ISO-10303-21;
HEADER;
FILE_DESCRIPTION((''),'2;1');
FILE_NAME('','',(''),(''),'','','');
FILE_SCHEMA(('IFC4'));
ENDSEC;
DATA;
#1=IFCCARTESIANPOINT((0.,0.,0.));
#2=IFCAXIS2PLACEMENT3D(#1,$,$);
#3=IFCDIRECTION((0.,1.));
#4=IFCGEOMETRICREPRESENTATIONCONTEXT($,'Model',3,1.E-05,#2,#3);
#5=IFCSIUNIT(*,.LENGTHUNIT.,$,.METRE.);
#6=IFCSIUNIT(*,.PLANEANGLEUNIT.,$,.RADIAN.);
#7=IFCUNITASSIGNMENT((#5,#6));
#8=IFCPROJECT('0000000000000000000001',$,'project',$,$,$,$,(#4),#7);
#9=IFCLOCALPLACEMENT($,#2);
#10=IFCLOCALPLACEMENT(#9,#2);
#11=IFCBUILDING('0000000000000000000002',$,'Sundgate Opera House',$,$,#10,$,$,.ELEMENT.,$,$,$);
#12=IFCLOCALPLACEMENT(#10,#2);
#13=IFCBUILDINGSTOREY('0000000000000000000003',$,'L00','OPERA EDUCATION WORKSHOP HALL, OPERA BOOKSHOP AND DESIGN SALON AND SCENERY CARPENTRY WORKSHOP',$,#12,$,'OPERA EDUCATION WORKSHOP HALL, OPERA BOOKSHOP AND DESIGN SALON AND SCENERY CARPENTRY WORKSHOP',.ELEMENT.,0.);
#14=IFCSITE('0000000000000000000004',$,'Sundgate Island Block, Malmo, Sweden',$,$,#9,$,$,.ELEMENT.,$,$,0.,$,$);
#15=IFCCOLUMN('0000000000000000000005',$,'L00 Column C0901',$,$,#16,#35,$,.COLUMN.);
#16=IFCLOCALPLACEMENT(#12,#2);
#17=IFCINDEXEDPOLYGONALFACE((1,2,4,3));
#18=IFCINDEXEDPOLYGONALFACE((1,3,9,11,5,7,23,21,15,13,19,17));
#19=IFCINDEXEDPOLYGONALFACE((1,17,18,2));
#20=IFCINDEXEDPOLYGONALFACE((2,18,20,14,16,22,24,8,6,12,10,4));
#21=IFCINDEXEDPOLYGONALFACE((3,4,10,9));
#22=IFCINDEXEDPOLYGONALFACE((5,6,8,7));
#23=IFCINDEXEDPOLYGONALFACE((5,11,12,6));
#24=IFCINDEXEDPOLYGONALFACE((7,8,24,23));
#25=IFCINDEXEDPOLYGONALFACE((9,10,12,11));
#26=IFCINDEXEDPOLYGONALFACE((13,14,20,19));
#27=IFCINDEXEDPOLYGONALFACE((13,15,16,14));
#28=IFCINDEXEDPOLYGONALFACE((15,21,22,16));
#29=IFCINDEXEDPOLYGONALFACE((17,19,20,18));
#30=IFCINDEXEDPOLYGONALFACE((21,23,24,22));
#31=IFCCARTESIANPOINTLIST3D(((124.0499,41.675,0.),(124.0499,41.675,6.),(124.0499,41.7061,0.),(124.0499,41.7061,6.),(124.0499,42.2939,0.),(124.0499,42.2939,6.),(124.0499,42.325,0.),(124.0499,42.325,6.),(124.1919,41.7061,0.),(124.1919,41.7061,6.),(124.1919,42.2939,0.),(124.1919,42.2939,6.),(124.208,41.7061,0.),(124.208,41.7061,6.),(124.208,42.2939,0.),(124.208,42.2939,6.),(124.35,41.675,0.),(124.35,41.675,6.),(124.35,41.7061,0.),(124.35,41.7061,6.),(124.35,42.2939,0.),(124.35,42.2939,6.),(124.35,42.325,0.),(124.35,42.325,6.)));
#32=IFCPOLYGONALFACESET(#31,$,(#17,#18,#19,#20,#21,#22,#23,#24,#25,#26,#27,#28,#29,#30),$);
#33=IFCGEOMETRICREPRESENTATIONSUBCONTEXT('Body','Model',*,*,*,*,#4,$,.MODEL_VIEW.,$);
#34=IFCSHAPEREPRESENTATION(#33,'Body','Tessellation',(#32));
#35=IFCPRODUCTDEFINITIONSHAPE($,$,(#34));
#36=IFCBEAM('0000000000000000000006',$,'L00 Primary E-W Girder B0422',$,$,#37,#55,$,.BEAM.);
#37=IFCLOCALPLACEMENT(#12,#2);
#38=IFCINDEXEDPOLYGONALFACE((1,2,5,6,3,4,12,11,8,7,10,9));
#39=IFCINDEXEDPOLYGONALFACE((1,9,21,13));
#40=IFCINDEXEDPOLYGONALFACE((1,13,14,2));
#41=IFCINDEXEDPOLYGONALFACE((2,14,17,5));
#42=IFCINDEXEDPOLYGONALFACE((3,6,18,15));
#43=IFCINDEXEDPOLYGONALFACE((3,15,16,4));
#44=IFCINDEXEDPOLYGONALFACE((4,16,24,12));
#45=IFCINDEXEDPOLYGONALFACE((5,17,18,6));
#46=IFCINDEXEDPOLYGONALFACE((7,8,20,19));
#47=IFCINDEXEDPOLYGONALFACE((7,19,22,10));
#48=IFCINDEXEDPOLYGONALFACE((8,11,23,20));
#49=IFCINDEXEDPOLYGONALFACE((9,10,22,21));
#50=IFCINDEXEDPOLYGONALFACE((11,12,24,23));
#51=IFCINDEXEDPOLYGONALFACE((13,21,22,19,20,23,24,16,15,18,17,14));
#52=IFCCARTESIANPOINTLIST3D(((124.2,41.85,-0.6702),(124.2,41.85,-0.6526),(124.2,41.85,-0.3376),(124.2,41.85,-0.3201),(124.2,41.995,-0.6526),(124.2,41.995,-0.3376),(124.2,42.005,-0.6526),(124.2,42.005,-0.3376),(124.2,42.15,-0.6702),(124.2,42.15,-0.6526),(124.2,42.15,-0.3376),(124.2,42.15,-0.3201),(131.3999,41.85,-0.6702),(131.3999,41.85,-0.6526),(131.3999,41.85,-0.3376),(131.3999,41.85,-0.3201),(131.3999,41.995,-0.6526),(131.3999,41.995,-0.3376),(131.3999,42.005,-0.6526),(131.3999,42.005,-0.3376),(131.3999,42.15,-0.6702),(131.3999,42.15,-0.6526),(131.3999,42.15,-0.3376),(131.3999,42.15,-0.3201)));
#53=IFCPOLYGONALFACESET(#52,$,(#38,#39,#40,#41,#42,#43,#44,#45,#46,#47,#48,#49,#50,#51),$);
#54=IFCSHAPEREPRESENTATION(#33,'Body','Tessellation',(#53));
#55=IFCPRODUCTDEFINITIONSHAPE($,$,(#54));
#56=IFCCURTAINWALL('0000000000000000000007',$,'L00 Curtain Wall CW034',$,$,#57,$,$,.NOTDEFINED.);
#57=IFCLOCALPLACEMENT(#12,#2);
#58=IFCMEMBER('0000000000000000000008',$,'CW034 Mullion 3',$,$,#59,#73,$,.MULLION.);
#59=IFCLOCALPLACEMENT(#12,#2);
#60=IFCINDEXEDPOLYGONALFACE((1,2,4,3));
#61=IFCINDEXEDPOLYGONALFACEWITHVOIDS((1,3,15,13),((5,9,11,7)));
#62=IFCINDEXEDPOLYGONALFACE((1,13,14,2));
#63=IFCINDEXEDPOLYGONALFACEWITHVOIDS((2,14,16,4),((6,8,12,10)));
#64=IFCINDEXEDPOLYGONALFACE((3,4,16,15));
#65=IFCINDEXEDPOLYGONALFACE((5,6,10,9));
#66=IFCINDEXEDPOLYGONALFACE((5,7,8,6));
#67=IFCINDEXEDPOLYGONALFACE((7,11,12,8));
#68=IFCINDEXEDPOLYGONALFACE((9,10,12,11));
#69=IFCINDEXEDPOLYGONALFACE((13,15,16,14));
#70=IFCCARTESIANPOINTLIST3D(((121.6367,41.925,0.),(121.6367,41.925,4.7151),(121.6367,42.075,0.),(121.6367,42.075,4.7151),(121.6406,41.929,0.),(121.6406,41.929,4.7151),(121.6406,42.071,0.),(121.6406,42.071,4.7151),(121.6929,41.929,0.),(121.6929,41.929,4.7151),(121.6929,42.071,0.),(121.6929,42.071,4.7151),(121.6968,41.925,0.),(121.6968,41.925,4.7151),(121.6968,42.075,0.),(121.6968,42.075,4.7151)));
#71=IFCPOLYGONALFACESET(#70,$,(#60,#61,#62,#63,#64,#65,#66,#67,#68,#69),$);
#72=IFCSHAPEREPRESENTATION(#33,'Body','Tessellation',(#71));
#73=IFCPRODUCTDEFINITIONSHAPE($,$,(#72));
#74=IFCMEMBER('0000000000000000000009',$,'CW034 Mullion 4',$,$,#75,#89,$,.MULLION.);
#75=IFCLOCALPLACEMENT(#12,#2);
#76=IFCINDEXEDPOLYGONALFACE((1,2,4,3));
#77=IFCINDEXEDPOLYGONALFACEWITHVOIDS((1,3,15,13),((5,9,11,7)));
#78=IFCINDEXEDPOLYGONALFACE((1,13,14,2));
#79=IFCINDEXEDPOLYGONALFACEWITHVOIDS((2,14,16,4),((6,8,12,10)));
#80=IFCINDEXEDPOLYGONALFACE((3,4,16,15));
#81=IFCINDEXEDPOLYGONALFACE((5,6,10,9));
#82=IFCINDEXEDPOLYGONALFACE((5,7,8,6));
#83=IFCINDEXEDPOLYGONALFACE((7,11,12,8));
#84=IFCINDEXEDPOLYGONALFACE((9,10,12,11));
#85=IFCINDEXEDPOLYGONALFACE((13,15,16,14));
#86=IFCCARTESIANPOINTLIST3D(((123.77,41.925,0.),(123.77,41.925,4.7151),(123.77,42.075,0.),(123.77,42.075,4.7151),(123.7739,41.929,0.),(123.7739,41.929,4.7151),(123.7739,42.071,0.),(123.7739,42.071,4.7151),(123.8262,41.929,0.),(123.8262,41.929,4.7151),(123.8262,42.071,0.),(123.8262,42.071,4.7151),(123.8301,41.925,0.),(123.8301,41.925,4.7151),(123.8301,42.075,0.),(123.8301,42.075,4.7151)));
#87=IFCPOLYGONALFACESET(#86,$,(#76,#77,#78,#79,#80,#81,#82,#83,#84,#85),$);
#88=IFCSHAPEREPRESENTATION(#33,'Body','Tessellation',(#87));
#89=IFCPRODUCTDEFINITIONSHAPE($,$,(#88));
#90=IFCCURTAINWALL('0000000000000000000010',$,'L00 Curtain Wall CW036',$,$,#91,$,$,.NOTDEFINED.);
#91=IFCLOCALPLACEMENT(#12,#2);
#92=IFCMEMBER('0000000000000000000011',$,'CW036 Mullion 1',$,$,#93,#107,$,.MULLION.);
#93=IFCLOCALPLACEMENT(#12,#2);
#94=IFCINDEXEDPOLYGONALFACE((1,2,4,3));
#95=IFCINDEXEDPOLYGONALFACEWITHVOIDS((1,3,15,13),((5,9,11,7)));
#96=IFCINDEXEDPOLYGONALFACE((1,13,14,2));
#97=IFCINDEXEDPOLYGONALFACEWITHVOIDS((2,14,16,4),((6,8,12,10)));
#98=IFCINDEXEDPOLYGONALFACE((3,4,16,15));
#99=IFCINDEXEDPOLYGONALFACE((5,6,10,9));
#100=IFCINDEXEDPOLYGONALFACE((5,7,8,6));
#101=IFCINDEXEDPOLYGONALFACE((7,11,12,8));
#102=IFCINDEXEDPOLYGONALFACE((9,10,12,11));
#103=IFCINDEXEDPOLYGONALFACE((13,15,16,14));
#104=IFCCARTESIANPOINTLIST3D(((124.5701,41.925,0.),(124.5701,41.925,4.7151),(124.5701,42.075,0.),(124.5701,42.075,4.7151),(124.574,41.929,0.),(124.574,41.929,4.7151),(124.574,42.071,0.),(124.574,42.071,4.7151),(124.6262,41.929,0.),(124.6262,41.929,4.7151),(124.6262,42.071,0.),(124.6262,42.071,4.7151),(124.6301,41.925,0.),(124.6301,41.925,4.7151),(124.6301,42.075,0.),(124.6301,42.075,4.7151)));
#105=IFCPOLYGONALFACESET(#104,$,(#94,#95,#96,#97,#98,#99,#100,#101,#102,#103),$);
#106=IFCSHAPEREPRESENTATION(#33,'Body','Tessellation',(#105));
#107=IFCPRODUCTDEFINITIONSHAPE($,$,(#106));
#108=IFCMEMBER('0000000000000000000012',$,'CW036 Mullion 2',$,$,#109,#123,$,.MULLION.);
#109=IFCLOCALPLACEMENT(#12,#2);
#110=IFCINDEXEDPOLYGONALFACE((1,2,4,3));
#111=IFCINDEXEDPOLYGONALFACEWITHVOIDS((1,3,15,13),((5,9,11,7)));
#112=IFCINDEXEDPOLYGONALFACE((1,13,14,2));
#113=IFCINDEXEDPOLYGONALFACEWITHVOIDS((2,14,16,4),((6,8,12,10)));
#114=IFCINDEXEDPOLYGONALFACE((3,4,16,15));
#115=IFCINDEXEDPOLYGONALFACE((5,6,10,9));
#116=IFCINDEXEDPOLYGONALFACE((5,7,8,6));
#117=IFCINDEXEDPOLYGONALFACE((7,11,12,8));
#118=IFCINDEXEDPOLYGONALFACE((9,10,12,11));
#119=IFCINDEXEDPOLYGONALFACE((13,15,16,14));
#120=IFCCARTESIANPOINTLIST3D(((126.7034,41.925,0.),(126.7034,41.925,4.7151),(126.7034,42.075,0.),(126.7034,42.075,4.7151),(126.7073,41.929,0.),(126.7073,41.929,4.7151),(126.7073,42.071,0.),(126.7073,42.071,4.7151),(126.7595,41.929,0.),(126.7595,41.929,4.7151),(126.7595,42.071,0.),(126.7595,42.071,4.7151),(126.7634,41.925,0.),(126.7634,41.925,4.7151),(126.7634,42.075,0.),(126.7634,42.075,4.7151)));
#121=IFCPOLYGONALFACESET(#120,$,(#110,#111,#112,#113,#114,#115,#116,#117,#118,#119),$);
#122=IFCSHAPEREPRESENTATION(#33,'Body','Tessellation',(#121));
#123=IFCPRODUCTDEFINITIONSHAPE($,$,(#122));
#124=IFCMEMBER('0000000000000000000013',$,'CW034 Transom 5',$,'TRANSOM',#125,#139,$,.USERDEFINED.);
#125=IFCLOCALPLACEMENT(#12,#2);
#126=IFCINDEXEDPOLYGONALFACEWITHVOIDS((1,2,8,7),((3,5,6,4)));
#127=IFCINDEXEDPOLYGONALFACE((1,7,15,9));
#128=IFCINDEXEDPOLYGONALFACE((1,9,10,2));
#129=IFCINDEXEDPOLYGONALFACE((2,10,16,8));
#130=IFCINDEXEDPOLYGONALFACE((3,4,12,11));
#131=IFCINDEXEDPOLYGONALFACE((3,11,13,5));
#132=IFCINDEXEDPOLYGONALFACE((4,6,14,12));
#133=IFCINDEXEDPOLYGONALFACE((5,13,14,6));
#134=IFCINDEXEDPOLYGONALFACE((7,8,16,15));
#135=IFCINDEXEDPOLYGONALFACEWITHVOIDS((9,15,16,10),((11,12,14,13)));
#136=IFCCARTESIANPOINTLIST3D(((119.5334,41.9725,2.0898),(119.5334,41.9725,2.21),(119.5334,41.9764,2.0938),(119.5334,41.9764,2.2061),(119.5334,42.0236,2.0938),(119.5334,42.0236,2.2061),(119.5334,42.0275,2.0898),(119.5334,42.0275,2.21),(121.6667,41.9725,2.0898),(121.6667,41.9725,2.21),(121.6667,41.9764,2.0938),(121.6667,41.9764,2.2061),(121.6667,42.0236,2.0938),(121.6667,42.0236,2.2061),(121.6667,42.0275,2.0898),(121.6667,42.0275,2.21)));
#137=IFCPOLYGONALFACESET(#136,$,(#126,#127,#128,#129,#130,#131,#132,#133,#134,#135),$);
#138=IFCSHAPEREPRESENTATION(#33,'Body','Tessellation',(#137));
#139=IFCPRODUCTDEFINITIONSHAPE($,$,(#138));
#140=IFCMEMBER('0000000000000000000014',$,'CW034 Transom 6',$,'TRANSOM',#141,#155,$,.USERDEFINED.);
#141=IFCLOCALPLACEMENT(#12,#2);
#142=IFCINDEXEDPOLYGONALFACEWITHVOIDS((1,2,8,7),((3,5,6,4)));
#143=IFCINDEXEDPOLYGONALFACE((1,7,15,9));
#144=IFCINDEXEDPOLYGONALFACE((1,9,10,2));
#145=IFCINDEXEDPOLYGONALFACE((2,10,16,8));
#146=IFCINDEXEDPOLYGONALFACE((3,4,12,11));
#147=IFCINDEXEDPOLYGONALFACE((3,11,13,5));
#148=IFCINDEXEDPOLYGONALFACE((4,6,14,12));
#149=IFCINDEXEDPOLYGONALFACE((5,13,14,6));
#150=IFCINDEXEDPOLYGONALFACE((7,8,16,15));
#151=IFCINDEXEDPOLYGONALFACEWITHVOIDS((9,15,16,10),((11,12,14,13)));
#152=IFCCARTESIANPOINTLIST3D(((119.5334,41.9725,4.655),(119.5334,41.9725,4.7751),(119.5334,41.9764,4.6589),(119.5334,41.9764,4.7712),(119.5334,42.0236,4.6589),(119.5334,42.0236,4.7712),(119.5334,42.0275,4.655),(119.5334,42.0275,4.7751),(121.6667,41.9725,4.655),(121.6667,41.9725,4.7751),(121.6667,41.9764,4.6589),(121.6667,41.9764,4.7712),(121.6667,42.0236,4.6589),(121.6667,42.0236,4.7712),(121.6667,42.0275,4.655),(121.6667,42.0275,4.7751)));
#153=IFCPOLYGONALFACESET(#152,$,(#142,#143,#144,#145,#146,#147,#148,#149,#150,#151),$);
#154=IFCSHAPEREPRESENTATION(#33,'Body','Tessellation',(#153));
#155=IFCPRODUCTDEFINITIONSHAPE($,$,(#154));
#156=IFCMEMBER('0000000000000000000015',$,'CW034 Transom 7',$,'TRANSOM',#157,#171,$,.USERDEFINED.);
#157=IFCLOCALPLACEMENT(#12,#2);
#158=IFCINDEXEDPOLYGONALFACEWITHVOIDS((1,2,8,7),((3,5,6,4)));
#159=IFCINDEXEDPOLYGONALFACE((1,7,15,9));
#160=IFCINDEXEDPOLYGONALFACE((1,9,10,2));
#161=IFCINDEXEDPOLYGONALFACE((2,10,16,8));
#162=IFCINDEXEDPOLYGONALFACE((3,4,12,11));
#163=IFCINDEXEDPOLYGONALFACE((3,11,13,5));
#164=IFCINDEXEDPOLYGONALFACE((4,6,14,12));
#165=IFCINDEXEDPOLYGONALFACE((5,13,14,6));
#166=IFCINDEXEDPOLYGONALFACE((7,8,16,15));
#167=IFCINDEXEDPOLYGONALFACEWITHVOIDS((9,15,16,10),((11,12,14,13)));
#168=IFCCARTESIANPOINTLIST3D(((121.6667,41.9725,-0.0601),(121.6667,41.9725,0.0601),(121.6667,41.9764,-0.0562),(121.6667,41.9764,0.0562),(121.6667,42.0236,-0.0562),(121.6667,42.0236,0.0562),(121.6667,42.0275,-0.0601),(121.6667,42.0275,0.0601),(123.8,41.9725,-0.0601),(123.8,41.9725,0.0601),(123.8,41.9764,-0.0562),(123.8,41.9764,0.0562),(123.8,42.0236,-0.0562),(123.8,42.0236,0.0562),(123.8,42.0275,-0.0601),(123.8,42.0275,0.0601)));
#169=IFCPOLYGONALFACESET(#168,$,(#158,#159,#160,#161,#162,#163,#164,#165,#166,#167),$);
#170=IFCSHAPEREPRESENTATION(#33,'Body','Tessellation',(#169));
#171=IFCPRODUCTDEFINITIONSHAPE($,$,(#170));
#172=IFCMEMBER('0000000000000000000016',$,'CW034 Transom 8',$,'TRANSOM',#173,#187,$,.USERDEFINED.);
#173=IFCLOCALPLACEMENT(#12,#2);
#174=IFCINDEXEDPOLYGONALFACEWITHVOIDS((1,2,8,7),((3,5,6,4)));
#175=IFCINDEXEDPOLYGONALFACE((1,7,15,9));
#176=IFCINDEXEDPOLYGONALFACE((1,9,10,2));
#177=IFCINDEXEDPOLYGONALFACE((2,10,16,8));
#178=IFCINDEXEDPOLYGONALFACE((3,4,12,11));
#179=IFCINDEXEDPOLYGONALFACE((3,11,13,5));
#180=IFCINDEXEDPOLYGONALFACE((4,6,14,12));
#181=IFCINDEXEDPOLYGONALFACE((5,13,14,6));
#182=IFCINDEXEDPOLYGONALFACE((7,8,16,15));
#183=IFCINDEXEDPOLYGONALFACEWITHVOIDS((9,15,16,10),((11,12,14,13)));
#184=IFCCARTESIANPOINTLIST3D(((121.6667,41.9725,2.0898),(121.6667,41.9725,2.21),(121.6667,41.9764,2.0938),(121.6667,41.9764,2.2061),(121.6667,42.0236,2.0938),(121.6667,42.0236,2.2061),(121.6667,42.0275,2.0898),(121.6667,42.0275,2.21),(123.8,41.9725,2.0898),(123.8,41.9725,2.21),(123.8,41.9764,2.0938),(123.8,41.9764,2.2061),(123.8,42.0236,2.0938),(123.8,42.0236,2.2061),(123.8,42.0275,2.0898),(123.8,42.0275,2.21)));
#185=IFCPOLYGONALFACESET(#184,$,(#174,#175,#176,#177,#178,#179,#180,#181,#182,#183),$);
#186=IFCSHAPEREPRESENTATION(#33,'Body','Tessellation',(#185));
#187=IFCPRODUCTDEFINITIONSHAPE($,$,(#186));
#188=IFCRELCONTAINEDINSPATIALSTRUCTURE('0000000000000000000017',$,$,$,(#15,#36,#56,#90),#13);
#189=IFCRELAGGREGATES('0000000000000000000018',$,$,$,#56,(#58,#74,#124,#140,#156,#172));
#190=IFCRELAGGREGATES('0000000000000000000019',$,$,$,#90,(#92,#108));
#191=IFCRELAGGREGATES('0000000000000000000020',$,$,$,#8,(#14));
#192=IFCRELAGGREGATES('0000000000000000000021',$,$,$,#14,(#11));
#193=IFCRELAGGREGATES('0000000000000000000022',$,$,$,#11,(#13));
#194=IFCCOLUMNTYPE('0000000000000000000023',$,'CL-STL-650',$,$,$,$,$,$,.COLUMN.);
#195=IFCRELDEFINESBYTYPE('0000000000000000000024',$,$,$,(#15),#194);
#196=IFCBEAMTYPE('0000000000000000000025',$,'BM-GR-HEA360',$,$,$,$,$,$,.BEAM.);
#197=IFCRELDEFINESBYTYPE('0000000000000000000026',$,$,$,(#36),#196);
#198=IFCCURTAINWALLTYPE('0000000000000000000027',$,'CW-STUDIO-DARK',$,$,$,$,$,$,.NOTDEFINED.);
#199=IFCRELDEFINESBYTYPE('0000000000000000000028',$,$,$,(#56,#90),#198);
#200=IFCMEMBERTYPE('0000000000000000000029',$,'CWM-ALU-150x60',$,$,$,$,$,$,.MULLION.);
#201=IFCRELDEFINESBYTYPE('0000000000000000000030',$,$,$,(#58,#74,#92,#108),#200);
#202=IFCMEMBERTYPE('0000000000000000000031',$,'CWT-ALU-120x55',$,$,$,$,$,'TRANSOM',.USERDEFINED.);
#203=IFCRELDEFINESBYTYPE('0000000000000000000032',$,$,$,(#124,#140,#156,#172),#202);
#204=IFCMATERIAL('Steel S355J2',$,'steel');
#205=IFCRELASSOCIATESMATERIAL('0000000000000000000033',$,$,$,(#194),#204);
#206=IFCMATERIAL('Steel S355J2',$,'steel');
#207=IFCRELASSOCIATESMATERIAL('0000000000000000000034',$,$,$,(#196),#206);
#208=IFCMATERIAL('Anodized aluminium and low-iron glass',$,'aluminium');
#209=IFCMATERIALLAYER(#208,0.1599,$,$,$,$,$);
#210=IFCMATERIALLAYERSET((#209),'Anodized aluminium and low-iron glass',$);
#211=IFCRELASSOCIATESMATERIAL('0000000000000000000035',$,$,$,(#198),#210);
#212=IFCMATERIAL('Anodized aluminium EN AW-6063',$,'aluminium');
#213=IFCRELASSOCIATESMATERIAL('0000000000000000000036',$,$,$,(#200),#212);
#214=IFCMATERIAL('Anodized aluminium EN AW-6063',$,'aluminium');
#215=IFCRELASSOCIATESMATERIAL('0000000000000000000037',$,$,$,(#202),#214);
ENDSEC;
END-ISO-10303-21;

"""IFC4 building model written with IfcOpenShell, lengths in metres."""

from ifc_helpers import new_model, si_unit, direction, frame, origin, origin_2d, place, context, subcontext, project, spatial, hollow_rectangle, i_section, extrude, material, layer, layer_set, material_profile, profile_set, type_object, element, aggregate, save


model = new_model("IFC4")

# Units and contexts
model_context = context("Model", 3, precision=1e-05, world=origin(), true_north=direction((0.0, 1.0)))
body_context = subcontext(model_context, "Body", "Model", "MODEL_VIEW")
ifc_project = project(units=[si_unit("LENGTHUNIT", "METRE"), si_unit("PLANEANGLEUNIT", "RADIAN")], contexts=[model_context])

# Site, building, storey
site_placement = place(None, origin())
site = spatial("IfcSite", under=ifc_project, at=site_placement, Name="Sundgate Island Block, Malmo, Sweden", CompositionType="ELEMENT", RefElevation=0.0)
building_placement = place(site_placement, origin())
building = spatial("IfcBuilding", under=site, at=building_placement, Name="Sundgate Opera House", CompositionType="ELEMENT")
storey_placement = place(building_placement, origin())
storey = spatial("IfcBuildingStorey", under=building, at=storey_placement, Name="L00", Description="OPERA EDUCATION WORKSHOP HALL, OPERA BOOKSHOP AND DESIGN SALON AND SCENERY CARPENTRY WORKSHOP", LongName="OPERA EDUCATION WORKSHOP HALL, OPERA BOOKSHOP AND DESIGN SALON AND SCENERY CARPENTRY WORKSHOP", CompositionType="ELEMENT", Elevation=0.0)

# Column
ifc_material_1 = material(Name="Steel S355J2", Category="steel")
ifc_material_profile_1 = material_profile(ifc_material_1, i_section(OverallWidth=0.3, OverallDepth=0.6499, WebThickness=0.0161, FlangeThickness=0.031, at=origin_2d()), Name="HEB 650")
ifc_profile_set_1 = profile_set([ifc_material_profile_1], Name="Steel S355J2")
column_type = type_object("IfcColumnType", Name="CL-STL-650", PredefinedType="COLUMN", material=ifc_profile_set_1)
column_placement = place(storey_placement, frame((124.2, 42.0, 0.0), z_axis=(0.0, 0.0, 1.0), x_axis=(1.0, 0.0, 0.0)))
element("IfcColumn", 1, at=column_placement, inside=storey, type_object=column_type, Name="L00 Column C0901", PredefinedType="COLUMN", context=body_context, shape_type="SweptSolid", body=[
    extrude(i_section(OverallWidth=0.3, OverallDepth=0.6499, WebThickness=0.0161, FlangeThickness=0.031, at=origin_2d()), origin(), (0.0, 0.0, 1.0), 6.0),
])

# Beam
ifc_material_2 = material(Name="Steel S355J2", Category="steel")
ifc_material_profile_2 = material_profile(ifc_material_2, i_section(OverallWidth=0.3, OverallDepth=0.3501, WebThickness=0.01, FlangeThickness=0.0176, at=origin_2d()), Name="HEA 360")
ifc_profile_set_2 = profile_set([ifc_material_profile_2], Name="Steel S355J2")
beam_type = type_object("IfcBeamType", Name="BM-GR-HEA360", PredefinedType="BEAM", material=ifc_profile_set_2)
beam_placement = place(storey_placement, frame((124.2, 42.0, -0.4951), z_axis=(1.0, 0.0, 0.0), x_axis=(0.0, 1.0, 0.0)))
element("IfcBeam", 2, at=beam_placement, inside=storey, type_object=beam_type, Name="L00 Primary E-W Girder B0422", PredefinedType="BEAM", context=body_context, shape_type="SweptSolid", body=[
    extrude(i_section(OverallWidth=0.3, OverallDepth=0.3501, WebThickness=0.01, FlangeThickness=0.0176, at=origin_2d()), origin(), (0.0, 0.0, 1.0), 7.2),
])

# Curtain walls, members
ifc_material_3 = material(Name="Anodized aluminium and low-iron glass", Category="aluminium")
ifc_layer_1 = layer(ifc_material_3, 0.1599)
ifc_layer_set_1 = layer_set([ifc_layer_1], Name="Anodized aluminium and low-iron glass")
curtain_wall_type = type_object("IfcCurtainWallType", Name="CW-STUDIO-DARK", PredefinedType="NOTDEFINED", material=ifc_layer_set_1)
curtain_wall_1_placement = place(storey_placement, origin())
curtain_wall_1 = element("IfcCurtainWall", 3, at=curtain_wall_1_placement, inside=storey, type_object=curtain_wall_type, Name="L00 Curtain Wall CW034", PredefinedType="NOTDEFINED")
ifc_material_4 = material(Name="Anodized aluminium EN AW-6063", Category="aluminium")
ifc_material_profile_3 = material_profile(ifc_material_4, hollow_rectangle(XDim=0.0601, YDim=0.1499, WallThickness=0.0039, at=origin_2d()), Name="CWM 150x60x4")
ifc_profile_set_3 = profile_set([ifc_material_profile_3], Name="Anodized aluminium EN AW-6063")
member_type_1 = type_object("IfcMemberType", Name="CWM-ALU-150x60", PredefinedType="MULLION", material=ifc_profile_set_3)
member_1_placement = place(storey_placement, frame((121.6667, 42.0, 0.0), z_axis=(0.0, 0.0, 1.0), x_axis=(1.0, 0.0, 0.0)))
member_1 = element("IfcMember", 4, at=member_1_placement, type_object=member_type_1, Name="CW034 Mullion 3", PredefinedType="MULLION", context=body_context, shape_type="SweptSolid", body=[
    extrude(hollow_rectangle(XDim=0.0601, YDim=0.1499, WallThickness=0.0039, at=origin_2d()), origin(), (0.0, 0.0, 1.0), 4.7151),
])
member_2_placement = place(storey_placement, frame((123.8, 42.0, 0.0), z_axis=(0.0, 0.0, 1.0), x_axis=(1.0, 0.0, 0.0)))
member_2 = element("IfcMember", 5, at=member_2_placement, type_object=member_type_1, Name="CW034 Mullion 4", PredefinedType="MULLION", context=body_context, shape_type="SweptSolid", body=[
    extrude(hollow_rectangle(XDim=0.0601, YDim=0.1499, WallThickness=0.0039, at=origin_2d()), origin(), (0.0, 0.0, 1.0), 4.7151),
])
curtain_wall_2_placement = place(storey_placement, origin())
curtain_wall_2 = element("IfcCurtainWall", 6, at=curtain_wall_2_placement, inside=storey, type_object=curtain_wall_type, Name="L00 Curtain Wall CW036", PredefinedType="NOTDEFINED")
member_3_placement = place(storey_placement, frame((124.6001, 42.0, 0.0), z_axis=(0.0, 0.0, 1.0), x_axis=(1.0, 0.0, 0.0)))
member_3 = element("IfcMember", 7, at=member_3_placement, type_object=member_type_1, Name="CW036 Mullion 1", PredefinedType="MULLION", context=body_context, shape_type="SweptSolid", body=[
    extrude(hollow_rectangle(XDim=0.0601, YDim=0.1499, WallThickness=0.0039, at=origin_2d()), origin(), (0.0, 0.0, 1.0), 4.7151),
])
member_4_placement = place(storey_placement, frame((126.7334, 42.0, 0.0), z_axis=(0.0, 0.0, 1.0), x_axis=(1.0, 0.0, 0.0)))
member_4 = element("IfcMember", 8, at=member_4_placement, type_object=member_type_1, Name="CW036 Mullion 2", PredefinedType="MULLION", context=body_context, shape_type="SweptSolid", body=[
    extrude(hollow_rectangle(XDim=0.0601, YDim=0.1499, WallThickness=0.0039, at=origin_2d()), origin(), (0.0, 0.0, 1.0), 4.7151),
])

# Members
ifc_material_5 = material(Name="Anodized aluminium EN AW-6063", Category="aluminium")
ifc_material_profile_4 = material_profile(ifc_material_5, hollow_rectangle(XDim=0.0549, YDim=0.1201, WallThickness=0.0039, at=origin_2d()), Name="CWT 120x55x4")
ifc_profile_set_4 = profile_set([ifc_material_profile_4], Name="Anodized aluminium EN AW-6063")
member_type_2 = type_object("IfcMemberType", Name="CWT-ALU-120x55", ElementType="TRANSOM", PredefinedType="USERDEFINED", material=ifc_profile_set_4)
member_5_placement = place(storey_placement, frame((119.5334, 42.0, 2.1499), z_axis=(1.0, 0.0, 0.0), x_axis=(0.0, 1.0, 0.0)))
member_5 = element("IfcMember", 9, at=member_5_placement, type_object=member_type_2, Name="CW034 Transom 5", ObjectType="TRANSOM", PredefinedType="USERDEFINED", context=body_context, shape_type="SweptSolid", body=[
    extrude(hollow_rectangle(XDim=0.0549, YDim=0.1201, WallThickness=0.0039, at=origin_2d()), origin(), (0.0, 0.0, 1.0), 2.1333),
])
member_6_placement = place(storey_placement, frame((119.5334, 42.0, 4.7151), z_axis=(1.0, 0.0, 0.0), x_axis=(0.0, 1.0, 0.0)))
member_6 = element("IfcMember", 10, at=member_6_placement, type_object=member_type_2, Name="CW034 Transom 6", ObjectType="TRANSOM", PredefinedType="USERDEFINED", context=body_context, shape_type="SweptSolid", body=[
    extrude(hollow_rectangle(XDim=0.0549, YDim=0.1201, WallThickness=0.0039, at=origin_2d()), origin(), (0.0, 0.0, 1.0), 2.1333),
])
member_7_placement = place(storey_placement, frame((121.6667, 42.0, 0.0), z_axis=(1.0, 0.0, 0.0), x_axis=(0.0, 1.0, 0.0)))
member_7 = element("IfcMember", 11, at=member_7_placement, type_object=member_type_2, Name="CW034 Transom 7", ObjectType="TRANSOM", PredefinedType="USERDEFINED", context=body_context, shape_type="SweptSolid", body=[
    extrude(hollow_rectangle(XDim=0.0549, YDim=0.1201, WallThickness=0.0039, at=origin_2d()), origin(), (0.0, 0.0, 1.0), 2.1333),
])
member_8_placement = place(storey_placement, frame((121.6667, 42.0, 2.1499), z_axis=(1.0, 0.0, 0.0), x_axis=(0.0, 1.0, 0.0)))
member_8 = element("IfcMember", 12, at=member_8_placement, type_object=member_type_2, Name="CW034 Transom 8", ObjectType="TRANSOM", PredefinedType="USERDEFINED", context=body_context, shape_type="SweptSolid", body=[
    extrude(hollow_rectangle(XDim=0.0549, YDim=0.1201, WallThickness=0.0039, at=origin_2d()), origin(), (0.0, 0.0, 1.0), 2.1333),
])

aggregate(curtain_wall_1, [member_1, member_2, member_5, member_6, member_7, member_8])
aggregate(curtain_wall_2, [member_3, member_4])

save(model, "model.ifc")
